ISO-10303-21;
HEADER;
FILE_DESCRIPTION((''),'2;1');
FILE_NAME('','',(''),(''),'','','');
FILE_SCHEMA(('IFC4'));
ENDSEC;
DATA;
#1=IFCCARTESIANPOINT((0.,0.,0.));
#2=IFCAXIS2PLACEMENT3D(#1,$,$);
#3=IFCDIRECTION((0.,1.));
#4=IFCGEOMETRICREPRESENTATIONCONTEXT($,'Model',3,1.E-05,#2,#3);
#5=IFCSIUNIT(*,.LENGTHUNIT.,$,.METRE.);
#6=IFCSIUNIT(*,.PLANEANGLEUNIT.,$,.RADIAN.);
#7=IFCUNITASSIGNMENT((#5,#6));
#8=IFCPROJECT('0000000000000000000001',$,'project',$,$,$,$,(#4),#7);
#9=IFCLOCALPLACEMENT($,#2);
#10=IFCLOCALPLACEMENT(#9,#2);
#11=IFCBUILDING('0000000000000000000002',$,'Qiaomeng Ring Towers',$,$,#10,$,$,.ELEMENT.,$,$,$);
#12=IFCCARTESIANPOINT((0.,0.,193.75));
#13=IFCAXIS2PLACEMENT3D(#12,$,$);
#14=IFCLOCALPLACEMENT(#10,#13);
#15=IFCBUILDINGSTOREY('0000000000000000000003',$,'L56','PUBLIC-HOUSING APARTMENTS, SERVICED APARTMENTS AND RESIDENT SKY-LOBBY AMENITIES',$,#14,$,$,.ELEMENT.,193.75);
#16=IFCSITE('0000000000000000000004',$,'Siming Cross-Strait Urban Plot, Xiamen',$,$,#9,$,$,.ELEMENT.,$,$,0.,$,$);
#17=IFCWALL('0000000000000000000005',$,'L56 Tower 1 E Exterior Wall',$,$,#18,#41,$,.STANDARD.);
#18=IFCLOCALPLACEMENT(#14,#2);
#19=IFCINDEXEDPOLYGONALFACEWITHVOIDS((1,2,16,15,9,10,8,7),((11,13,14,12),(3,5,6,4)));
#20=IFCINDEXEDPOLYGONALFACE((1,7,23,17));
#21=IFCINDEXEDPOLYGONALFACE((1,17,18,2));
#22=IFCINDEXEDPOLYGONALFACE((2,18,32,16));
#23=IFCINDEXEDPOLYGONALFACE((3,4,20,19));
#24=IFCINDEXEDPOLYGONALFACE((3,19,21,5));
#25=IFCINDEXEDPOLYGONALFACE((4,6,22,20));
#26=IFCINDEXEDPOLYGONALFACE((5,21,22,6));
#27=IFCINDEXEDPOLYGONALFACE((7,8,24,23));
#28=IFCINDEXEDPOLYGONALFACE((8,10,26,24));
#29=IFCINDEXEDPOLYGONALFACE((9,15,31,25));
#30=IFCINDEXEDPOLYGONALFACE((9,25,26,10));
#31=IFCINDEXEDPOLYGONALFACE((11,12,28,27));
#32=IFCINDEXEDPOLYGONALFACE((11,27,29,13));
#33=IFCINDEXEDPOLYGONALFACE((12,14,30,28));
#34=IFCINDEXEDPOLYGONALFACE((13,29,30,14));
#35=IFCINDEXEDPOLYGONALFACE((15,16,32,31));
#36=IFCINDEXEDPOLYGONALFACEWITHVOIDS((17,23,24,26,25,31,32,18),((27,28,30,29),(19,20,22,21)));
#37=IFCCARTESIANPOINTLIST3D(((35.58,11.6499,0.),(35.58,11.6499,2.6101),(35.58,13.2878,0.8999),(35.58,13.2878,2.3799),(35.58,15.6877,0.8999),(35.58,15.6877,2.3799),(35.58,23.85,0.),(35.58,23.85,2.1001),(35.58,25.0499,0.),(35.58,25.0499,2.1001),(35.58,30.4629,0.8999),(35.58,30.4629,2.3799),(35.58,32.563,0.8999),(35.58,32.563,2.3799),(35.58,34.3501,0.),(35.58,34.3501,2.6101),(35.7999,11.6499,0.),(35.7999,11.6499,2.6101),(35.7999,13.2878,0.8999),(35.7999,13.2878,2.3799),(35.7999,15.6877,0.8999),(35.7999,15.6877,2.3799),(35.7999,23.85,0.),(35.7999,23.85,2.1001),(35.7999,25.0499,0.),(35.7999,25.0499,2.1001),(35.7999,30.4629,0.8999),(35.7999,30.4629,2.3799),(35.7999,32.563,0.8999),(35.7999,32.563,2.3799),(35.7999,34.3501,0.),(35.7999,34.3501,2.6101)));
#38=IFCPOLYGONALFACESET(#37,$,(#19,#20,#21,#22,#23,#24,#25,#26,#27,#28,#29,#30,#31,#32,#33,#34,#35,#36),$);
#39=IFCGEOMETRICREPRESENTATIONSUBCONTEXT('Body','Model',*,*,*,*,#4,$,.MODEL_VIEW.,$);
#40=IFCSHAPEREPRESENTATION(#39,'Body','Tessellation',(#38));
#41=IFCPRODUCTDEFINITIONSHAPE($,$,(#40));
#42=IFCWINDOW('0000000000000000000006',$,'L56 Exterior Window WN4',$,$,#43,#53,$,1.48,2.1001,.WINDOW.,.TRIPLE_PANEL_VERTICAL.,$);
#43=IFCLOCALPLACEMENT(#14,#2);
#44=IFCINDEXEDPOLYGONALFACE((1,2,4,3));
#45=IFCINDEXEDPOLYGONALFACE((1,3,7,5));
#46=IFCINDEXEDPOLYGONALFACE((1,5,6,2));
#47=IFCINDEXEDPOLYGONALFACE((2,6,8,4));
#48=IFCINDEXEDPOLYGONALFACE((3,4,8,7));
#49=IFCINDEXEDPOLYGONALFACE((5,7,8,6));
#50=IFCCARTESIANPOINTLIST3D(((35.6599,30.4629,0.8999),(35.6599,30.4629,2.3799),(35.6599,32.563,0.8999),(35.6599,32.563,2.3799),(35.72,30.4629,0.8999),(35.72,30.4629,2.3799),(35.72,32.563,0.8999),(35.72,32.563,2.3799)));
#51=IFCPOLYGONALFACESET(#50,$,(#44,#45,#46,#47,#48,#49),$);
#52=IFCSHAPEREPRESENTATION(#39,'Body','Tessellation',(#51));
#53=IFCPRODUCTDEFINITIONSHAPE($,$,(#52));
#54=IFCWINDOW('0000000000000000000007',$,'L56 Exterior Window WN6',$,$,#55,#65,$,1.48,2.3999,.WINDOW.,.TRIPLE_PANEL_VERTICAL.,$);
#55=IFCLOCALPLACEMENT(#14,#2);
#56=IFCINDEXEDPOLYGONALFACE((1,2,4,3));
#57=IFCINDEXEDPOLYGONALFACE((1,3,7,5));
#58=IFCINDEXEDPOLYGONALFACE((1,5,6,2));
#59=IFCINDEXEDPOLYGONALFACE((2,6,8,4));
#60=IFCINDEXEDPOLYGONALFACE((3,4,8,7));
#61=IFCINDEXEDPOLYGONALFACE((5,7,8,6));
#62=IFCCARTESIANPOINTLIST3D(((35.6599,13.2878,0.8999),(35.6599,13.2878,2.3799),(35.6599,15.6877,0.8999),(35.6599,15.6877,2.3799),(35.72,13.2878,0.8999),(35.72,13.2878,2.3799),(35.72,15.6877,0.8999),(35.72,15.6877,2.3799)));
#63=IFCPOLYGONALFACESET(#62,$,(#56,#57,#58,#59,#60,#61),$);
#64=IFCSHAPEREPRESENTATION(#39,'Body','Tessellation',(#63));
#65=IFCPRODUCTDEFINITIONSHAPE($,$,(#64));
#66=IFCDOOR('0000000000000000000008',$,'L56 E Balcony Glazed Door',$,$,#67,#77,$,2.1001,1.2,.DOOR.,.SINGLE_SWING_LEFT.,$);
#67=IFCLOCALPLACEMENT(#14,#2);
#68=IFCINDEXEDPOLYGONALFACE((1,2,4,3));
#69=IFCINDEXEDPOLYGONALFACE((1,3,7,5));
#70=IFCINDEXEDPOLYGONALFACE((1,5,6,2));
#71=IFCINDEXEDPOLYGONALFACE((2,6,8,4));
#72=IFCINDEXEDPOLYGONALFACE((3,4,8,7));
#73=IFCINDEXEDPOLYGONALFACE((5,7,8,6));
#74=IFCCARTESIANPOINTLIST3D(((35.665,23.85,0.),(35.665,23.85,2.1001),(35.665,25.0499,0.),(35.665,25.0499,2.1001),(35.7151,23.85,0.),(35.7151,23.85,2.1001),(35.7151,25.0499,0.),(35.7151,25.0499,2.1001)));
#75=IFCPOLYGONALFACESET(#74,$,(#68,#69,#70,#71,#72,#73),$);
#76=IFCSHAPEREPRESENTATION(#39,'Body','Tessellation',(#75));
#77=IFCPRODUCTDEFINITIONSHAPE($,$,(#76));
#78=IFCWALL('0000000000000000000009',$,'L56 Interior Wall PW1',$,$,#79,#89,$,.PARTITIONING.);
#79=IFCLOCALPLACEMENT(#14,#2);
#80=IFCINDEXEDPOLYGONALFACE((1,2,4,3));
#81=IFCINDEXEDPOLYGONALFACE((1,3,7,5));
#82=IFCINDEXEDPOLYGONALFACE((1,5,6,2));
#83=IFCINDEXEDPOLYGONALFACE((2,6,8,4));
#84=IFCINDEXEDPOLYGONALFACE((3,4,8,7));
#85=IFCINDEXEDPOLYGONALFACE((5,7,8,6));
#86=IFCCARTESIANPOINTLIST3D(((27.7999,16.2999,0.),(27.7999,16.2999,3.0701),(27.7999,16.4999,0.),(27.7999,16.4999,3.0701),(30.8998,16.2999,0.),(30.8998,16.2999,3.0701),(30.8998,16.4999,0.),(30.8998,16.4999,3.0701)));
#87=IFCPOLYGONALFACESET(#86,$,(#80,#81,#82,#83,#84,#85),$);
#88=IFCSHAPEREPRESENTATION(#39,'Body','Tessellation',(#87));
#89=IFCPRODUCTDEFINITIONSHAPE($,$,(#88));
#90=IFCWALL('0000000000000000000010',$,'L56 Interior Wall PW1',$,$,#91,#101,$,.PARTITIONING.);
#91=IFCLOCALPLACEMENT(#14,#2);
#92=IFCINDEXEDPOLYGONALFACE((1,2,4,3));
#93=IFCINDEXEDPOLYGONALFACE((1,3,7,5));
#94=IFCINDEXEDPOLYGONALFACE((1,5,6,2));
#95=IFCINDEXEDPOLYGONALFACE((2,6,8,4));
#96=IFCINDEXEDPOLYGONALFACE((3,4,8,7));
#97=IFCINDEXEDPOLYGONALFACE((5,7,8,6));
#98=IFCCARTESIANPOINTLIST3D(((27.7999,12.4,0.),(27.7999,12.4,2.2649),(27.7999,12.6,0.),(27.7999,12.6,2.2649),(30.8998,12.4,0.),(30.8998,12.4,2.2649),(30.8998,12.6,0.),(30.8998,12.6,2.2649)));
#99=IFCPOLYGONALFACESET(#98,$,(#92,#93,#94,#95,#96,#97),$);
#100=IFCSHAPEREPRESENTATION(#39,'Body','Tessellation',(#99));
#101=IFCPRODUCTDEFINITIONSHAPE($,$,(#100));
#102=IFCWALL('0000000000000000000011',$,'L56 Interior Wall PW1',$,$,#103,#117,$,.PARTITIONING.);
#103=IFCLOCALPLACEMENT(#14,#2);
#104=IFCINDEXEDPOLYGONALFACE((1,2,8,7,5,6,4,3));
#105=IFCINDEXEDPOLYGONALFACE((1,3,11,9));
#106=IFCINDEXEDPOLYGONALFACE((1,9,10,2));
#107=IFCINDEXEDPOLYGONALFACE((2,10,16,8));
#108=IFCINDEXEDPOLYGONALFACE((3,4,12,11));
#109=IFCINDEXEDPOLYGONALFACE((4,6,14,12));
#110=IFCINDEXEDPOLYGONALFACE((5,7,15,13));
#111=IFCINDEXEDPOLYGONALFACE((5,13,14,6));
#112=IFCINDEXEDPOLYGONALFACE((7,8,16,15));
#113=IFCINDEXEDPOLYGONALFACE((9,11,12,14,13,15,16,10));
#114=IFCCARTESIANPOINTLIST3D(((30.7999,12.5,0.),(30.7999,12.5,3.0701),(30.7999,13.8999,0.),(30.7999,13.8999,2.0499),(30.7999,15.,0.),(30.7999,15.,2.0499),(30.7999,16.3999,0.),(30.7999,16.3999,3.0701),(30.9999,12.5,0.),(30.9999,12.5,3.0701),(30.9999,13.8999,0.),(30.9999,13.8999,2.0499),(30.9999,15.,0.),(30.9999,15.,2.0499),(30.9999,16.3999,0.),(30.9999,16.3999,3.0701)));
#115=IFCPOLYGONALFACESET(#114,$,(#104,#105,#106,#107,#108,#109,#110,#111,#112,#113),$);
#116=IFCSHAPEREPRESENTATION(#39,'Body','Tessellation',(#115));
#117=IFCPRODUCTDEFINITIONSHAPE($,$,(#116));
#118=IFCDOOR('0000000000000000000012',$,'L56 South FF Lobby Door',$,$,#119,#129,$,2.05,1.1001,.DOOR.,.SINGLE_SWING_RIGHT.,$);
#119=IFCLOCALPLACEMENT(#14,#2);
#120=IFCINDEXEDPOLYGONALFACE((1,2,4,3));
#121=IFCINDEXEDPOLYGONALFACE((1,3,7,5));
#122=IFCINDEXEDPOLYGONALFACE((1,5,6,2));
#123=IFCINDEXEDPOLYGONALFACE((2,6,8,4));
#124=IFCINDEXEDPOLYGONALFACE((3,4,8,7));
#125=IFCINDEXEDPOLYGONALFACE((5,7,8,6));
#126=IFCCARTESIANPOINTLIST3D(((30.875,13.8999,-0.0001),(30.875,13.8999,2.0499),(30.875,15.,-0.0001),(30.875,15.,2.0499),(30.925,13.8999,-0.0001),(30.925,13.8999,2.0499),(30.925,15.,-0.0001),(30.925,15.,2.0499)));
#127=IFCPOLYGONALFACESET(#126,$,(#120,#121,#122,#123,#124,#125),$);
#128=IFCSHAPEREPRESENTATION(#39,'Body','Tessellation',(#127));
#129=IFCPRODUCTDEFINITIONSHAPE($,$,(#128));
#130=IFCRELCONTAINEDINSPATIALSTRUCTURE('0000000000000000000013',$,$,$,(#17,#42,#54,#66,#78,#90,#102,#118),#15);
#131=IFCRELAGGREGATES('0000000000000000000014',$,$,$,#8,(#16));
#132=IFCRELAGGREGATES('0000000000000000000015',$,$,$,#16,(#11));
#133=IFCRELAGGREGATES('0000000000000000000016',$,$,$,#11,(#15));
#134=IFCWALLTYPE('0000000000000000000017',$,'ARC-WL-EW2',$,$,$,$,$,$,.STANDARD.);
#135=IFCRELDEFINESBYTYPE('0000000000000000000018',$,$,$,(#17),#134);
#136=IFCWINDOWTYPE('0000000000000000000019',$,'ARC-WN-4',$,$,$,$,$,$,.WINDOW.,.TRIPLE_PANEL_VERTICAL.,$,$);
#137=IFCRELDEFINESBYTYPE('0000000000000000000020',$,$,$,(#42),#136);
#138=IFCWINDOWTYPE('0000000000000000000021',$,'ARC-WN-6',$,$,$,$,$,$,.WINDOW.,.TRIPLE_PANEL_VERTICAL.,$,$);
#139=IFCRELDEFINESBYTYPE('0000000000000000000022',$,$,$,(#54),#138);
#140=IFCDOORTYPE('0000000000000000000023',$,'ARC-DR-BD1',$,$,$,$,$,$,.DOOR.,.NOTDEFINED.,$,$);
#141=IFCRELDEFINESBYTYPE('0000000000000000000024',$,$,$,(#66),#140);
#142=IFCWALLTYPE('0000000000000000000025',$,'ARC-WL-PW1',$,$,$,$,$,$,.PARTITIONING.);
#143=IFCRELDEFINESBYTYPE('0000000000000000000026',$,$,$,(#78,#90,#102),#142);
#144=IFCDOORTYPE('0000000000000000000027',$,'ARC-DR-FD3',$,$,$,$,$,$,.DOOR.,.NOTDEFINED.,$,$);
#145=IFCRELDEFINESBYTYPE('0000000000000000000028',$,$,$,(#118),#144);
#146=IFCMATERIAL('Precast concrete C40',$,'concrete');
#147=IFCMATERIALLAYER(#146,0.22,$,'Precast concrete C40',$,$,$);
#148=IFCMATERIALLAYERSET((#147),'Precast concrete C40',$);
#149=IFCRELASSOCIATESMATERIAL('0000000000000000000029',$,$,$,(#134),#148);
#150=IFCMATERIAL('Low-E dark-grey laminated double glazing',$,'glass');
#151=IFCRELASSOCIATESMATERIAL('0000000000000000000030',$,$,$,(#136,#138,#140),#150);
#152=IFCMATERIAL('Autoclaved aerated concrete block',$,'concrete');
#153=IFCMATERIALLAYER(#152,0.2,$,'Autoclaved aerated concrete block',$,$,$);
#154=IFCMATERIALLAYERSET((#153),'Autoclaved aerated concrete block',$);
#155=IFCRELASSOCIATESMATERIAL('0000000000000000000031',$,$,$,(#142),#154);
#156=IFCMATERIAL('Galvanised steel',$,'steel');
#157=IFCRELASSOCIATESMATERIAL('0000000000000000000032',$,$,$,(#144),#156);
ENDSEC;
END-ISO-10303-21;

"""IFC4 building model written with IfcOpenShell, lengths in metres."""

from ifc_helpers import new_model, si_unit, direction, frame, frame_2d, origin, place, context, subcontext, project, spatial, rectangle, extrude, source, transform, mapped, material, layer, layer_set, type_object, element, fill, save


model = new_model("IFC4")

# Units and contexts
model_context = context("Model", 3, precision=1e-05, world=origin(), true_north=direction((0.0, 1.0)))
body_context = subcontext(model_context, "Body", "Model", "MODEL_VIEW")
ifc_project = project(units=[si_unit("LENGTHUNIT", "METRE"), si_unit("PLANEANGLEUNIT", "RADIAN")], contexts=[model_context])

# Site, building, storey
site_placement = place(None, origin())
site = spatial("IfcSite", under=ifc_project, at=site_placement, Name="Siming Cross-Strait Urban Plot, Xiamen", CompositionType="ELEMENT", RefElevation=0.0)
building_placement = place(site_placement, origin())
building = spatial("IfcBuilding", under=site, at=building_placement, Name="Qiaomeng Ring Towers", CompositionType="ELEMENT")
storey_placement = place(building_placement, frame((0.0, 0.0, 193.75)))
storey = spatial("IfcBuildingStorey", under=building, at=storey_placement, Name="L56", Description="PUBLIC-HOUSING APARTMENTS, SERVICED APARTMENTS AND RESIDENT SKY-LOBBY AMENITIES", CompositionType="ELEMENT", Elevation=193.75)

# Wall, openings, windows, door
ifc_material_1 = material(Name="Precast concrete C40", Category="concrete")
ifc_layer_1 = layer(ifc_material_1, 0.22, Name="Precast concrete C40")
ifc_layer_set_1 = layer_set([ifc_layer_1], Name="Precast concrete C40")
wall_type_1 = type_object("IfcWallType", Name="ARC-WL-EW2", PredefinedType="STANDARD", material=ifc_layer_set_1)
wall_1_placement = place(storey_placement, frame((35.6899, 11.6499, 0.0), z_axis=(0.0, 0.0, 1.0), x_axis=(0.0, 1.0, 0.0)))
wall_1 = element("IfcWall", 1, at=wall_1_placement, inside=storey, type_object=wall_type_1, Name="L56 Tower 1 E Exterior Wall", PredefinedType="STANDARD", context=body_context, shape_type="SweptSolid", body=[
    extrude(rectangle(XDim=22.7002, YDim=0.22, at=frame_2d((11.3501, 0.0))), origin(), (0.0, 0.0, 1.0), 2.6101),
])
opening_1_placement = place(wall_1_placement, frame((12.2, 0.0, 0.0)))
opening_1 = element("IfcOpeningElement", 2, at=opening_1_placement, cuts=wall_1, PredefinedType="OPENING", context=body_context, shape_type="SweptSolid", body=[
    extrude(rectangle(XDim=1.2, YDim=2.1001, at=frame_2d((0.6001, 1.05))), frame((0.0, 0.1199, 0.0), z_axis=(0.0, -1.0, 0.0), x_axis=(1.0, 0.0, 0.0)), (0.0, 0.0, 1.0), 0.24),
])
opening_2_placement = place(wall_1_placement, frame((1.6379, 0.0, 0.8999)))
opening_2 = element("IfcOpeningElement", 3, at=opening_2_placement, cuts=wall_1, PredefinedType="OPENING", context=body_context, shape_type="SweptSolid", body=[
    extrude(rectangle(XDim=2.3999, YDim=1.48, at=frame_2d((1.2, 0.74))), frame((0.0, 0.1199, 0.0), z_axis=(0.0, -1.0, 0.0), x_axis=(1.0, 0.0, 0.0)), (0.0, 0.0, 1.0), 0.24),
])
opening_3_placement = place(wall_1_placement, frame((18.813, 0.0, 0.8999)))
opening_3 = element("IfcOpeningElement", 4, at=opening_3_placement, cuts=wall_1, PredefinedType="OPENING", context=body_context, shape_type="SweptSolid", body=[
    extrude(rectangle(XDim=2.1001, YDim=1.48, at=frame_2d((1.05, 0.74))), frame((0.0, 0.1199, 0.0), z_axis=(0.0, -1.0, 0.0), x_axis=(1.0, 0.0, 0.0)), (0.0, 0.0, 1.0), 0.24),
])
ifc_material_2 = material(Name="Low-E dark-grey laminated double glazing", Category="glass")
window_type_1 = type_object("IfcWindowType", Name="ARC-WN-4", PartitioningType="TRIPLE_PANEL_VERTICAL", PredefinedType="WINDOW", material=ifc_material_2)
shared_shape_1 = source(origin(), body_context, "Body", "SweptSolid", [
    extrude(rectangle(XDim=2.1001, YDim=1.48, at=frame_2d((1.05, 0.74))), frame((0.0, 0.03, 0.0), z_axis=(0.0, -1.0, 0.0), x_axis=(1.0, 0.0, 0.0)), (0.0, 0.0, 1.0), 0.0601),
])
window_1_placement = place(opening_3_placement, origin())
window_1 = element("IfcWindow", 5, at=window_1_placement, inside=storey, type_object=window_type_1, Name="L56 Exterior Window WN4", OverallHeight=1.48, OverallWidth=2.1001, PartitioningType="TRIPLE_PANEL_VERTICAL", PredefinedType="WINDOW", context=body_context, shape_type="MappedRepresentation", body=[
    mapped(shared_shape_1, transform((0.0, 0.0, 0.0), x_axis=(1.0, 0.0, 0.0), y_axis=(0.0, 1.0, 0.0), z_axis=(0.0, 0.0, 1.0), scale=1.0)),
])
fill(opening_3, window_1)
window_type_2 = type_object("IfcWindowType", Name="ARC-WN-6", PartitioningType="TRIPLE_PANEL_VERTICAL", PredefinedType="WINDOW", material=ifc_material_2)
shared_shape_2 = source(origin(), body_context, "Body", "SweptSolid", [
    extrude(rectangle(XDim=2.3999, YDim=1.48, at=frame_2d((1.2, 0.74))), frame((0.0, 0.03, 0.0), z_axis=(0.0, -1.0, 0.0), x_axis=(1.0, 0.0, 0.0)), (0.0, 0.0, 1.0), 0.0601),
])
window_2_placement = place(opening_2_placement, origin())
window_2 = element("IfcWindow", 6, at=window_2_placement, inside=storey, type_object=window_type_2, Name="L56 Exterior Window WN6", OverallHeight=1.48, OverallWidth=2.3999, PartitioningType="TRIPLE_PANEL_VERTICAL", PredefinedType="WINDOW", context=body_context, shape_type="MappedRepresentation", body=[
    mapped(shared_shape_2, transform((0.0, 0.0, 0.0), x_axis=(1.0, 0.0, 0.0), y_axis=(0.0, 1.0, 0.0), z_axis=(0.0, 0.0, 1.0), scale=1.0)),
])
fill(opening_2, window_2)
door_type_1 = type_object("IfcDoorType", Name="ARC-DR-BD1", OperationType="NOTDEFINED", PredefinedType="DOOR", material=ifc_material_2)
shared_shape_3 = source(origin(), body_context, "Body", "SweptSolid", [
    extrude(rectangle(XDim=1.2, YDim=2.1001, at=frame_2d((0.6001, 1.05))), frame((0.0, 0.0249, 0.0), z_axis=(0.0, -1.0, 0.0), x_axis=(1.0, 0.0, 0.0)), (0.0, 0.0, 1.0), 0.05),
])
door_1_placement = place(opening_1_placement, origin())
door_1 = element("IfcDoor", 7, at=door_1_placement, inside=storey, type_object=door_type_1, Name="L56 E Balcony Glazed Door", OperationType="SINGLE_SWING_LEFT", OverallHeight=2.1001, OverallWidth=1.2, PredefinedType="DOOR", context=body_context, shape_type="MappedRepresentation", body=[
    mapped(shared_shape_3, transform((0.0, 0.0, 0.0), x_axis=(1.0, 0.0, 0.0), y_axis=(0.0, 1.0, 0.0), z_axis=(0.0, 0.0, 1.0), scale=1.0)),
])
fill(opening_1, door_1)

# Walls
ifc_material_3 = material(Name="Autoclaved aerated concrete block", Category="concrete")
ifc_layer_2 = layer(ifc_material_3, 0.2, Name="Autoclaved aerated concrete block")
ifc_layer_set_2 = layer_set([ifc_layer_2], Name="Autoclaved aerated concrete block")
wall_type_2 = type_object("IfcWallType", Name="ARC-WL-PW1", PredefinedType="PARTITIONING", material=ifc_layer_set_2)
wall_2_placement = place(storey_placement, frame((27.8, 16.3999, 0.0), z_axis=(0.0, 0.0, 1.0), x_axis=(1.0, 0.0, 0.0)))
element("IfcWall", 8, at=wall_2_placement, inside=storey, type_object=wall_type_2, Name="L56 Interior Wall PW1", PredefinedType="PARTITIONING", context=body_context, shape_type="SweptSolid", body=[
    extrude(rectangle(XDim=3.0999, YDim=0.2, at=frame_2d((1.5498, 0.0))), origin(), (0.0, 0.0, 1.0), 3.0701),
])
wall_3_placement = place(storey_placement, frame((27.8, 12.5, 0.0), z_axis=(0.0, 0.0, 1.0), x_axis=(1.0, 0.0, 0.0)))
element("IfcWall", 9, at=wall_3_placement, inside=storey, type_object=wall_type_2, Name="L56 Interior Wall PW1", PredefinedType="PARTITIONING", context=body_context, shape_type="SweptSolid", body=[
    extrude(rectangle(XDim=3.0999, YDim=0.2, at=frame_2d((1.5498, 0.0))), origin(), (0.0, 0.0, 1.0), 2.2649),
])

# Wall, opening, door
wall_4_placement = place(storey_placement, frame((30.8999, 12.5, 0.0), z_axis=(0.0, 0.0, 1.0), x_axis=(0.0, 1.0, 0.0)))
wall_4 = element("IfcWall", 10, at=wall_4_placement, inside=storey, type_object=wall_type_2, Name="L56 Interior Wall PW1", PredefinedType="PARTITIONING", context=body_context, shape_type="SweptSolid", body=[
    extrude(rectangle(XDim=3.8999, YDim=0.2, at=frame_2d((1.95, 0.0))), origin(), (0.0, 0.0, 1.0), 3.0701),
])
opening_4_placement = place(wall_4_placement, frame((1.3999, 0.0, 0.0)))
opening_4 = element("IfcOpeningElement", 11, at=opening_4_placement, cuts=wall_4, PredefinedType="OPENING", context=body_context, shape_type="SweptSolid", body=[
    extrude(rectangle(XDim=1.1001, YDim=2.05, at=frame_2d((0.55, 1.0249))), frame((0.0, 0.1099, 0.0), z_axis=(0.0, -1.0, 0.0), x_axis=(1.0, 0.0, 0.0)), (0.0, 0.0, 1.0), 0.22),
])
ifc_material_4 = material(Name="Galvanised steel", Category="steel")
door_type_2 = type_object("IfcDoorType", Name="ARC-DR-FD3", OperationType="NOTDEFINED", PredefinedType="DOOR", material=ifc_material_4)
shared_shape_4 = source(origin(), body_context, "Body", "SweptSolid", [
    extrude(rectangle(XDim=1.1001, YDim=2.05, at=frame_2d((0.55, 1.0249))), frame((0.0, 0.0249, 0.0), z_axis=(0.0, -1.0, 0.0), x_axis=(1.0, 0.0, 0.0)), (0.0, 0.0, 1.0), 0.05),
])
door_2_placement = place(opening_4_placement, origin())
door_2 = element("IfcDoor", 12, at=door_2_placement, inside=storey, type_object=door_type_2, Name="L56 South FF Lobby Door", OperationType="SINGLE_SWING_RIGHT", OverallHeight=2.05, OverallWidth=1.1001, PredefinedType="DOOR", context=body_context, shape_type="MappedRepresentation", body=[
    mapped(shared_shape_4, transform((0.0, 0.0, 0.0), x_axis=(1.0, 0.0, 0.0), y_axis=(0.0, 1.0, 0.0), z_axis=(0.0, 0.0, 1.0), scale=1.0)),
])
fill(opening_4, door_2)

save(model, "model.ifc")
